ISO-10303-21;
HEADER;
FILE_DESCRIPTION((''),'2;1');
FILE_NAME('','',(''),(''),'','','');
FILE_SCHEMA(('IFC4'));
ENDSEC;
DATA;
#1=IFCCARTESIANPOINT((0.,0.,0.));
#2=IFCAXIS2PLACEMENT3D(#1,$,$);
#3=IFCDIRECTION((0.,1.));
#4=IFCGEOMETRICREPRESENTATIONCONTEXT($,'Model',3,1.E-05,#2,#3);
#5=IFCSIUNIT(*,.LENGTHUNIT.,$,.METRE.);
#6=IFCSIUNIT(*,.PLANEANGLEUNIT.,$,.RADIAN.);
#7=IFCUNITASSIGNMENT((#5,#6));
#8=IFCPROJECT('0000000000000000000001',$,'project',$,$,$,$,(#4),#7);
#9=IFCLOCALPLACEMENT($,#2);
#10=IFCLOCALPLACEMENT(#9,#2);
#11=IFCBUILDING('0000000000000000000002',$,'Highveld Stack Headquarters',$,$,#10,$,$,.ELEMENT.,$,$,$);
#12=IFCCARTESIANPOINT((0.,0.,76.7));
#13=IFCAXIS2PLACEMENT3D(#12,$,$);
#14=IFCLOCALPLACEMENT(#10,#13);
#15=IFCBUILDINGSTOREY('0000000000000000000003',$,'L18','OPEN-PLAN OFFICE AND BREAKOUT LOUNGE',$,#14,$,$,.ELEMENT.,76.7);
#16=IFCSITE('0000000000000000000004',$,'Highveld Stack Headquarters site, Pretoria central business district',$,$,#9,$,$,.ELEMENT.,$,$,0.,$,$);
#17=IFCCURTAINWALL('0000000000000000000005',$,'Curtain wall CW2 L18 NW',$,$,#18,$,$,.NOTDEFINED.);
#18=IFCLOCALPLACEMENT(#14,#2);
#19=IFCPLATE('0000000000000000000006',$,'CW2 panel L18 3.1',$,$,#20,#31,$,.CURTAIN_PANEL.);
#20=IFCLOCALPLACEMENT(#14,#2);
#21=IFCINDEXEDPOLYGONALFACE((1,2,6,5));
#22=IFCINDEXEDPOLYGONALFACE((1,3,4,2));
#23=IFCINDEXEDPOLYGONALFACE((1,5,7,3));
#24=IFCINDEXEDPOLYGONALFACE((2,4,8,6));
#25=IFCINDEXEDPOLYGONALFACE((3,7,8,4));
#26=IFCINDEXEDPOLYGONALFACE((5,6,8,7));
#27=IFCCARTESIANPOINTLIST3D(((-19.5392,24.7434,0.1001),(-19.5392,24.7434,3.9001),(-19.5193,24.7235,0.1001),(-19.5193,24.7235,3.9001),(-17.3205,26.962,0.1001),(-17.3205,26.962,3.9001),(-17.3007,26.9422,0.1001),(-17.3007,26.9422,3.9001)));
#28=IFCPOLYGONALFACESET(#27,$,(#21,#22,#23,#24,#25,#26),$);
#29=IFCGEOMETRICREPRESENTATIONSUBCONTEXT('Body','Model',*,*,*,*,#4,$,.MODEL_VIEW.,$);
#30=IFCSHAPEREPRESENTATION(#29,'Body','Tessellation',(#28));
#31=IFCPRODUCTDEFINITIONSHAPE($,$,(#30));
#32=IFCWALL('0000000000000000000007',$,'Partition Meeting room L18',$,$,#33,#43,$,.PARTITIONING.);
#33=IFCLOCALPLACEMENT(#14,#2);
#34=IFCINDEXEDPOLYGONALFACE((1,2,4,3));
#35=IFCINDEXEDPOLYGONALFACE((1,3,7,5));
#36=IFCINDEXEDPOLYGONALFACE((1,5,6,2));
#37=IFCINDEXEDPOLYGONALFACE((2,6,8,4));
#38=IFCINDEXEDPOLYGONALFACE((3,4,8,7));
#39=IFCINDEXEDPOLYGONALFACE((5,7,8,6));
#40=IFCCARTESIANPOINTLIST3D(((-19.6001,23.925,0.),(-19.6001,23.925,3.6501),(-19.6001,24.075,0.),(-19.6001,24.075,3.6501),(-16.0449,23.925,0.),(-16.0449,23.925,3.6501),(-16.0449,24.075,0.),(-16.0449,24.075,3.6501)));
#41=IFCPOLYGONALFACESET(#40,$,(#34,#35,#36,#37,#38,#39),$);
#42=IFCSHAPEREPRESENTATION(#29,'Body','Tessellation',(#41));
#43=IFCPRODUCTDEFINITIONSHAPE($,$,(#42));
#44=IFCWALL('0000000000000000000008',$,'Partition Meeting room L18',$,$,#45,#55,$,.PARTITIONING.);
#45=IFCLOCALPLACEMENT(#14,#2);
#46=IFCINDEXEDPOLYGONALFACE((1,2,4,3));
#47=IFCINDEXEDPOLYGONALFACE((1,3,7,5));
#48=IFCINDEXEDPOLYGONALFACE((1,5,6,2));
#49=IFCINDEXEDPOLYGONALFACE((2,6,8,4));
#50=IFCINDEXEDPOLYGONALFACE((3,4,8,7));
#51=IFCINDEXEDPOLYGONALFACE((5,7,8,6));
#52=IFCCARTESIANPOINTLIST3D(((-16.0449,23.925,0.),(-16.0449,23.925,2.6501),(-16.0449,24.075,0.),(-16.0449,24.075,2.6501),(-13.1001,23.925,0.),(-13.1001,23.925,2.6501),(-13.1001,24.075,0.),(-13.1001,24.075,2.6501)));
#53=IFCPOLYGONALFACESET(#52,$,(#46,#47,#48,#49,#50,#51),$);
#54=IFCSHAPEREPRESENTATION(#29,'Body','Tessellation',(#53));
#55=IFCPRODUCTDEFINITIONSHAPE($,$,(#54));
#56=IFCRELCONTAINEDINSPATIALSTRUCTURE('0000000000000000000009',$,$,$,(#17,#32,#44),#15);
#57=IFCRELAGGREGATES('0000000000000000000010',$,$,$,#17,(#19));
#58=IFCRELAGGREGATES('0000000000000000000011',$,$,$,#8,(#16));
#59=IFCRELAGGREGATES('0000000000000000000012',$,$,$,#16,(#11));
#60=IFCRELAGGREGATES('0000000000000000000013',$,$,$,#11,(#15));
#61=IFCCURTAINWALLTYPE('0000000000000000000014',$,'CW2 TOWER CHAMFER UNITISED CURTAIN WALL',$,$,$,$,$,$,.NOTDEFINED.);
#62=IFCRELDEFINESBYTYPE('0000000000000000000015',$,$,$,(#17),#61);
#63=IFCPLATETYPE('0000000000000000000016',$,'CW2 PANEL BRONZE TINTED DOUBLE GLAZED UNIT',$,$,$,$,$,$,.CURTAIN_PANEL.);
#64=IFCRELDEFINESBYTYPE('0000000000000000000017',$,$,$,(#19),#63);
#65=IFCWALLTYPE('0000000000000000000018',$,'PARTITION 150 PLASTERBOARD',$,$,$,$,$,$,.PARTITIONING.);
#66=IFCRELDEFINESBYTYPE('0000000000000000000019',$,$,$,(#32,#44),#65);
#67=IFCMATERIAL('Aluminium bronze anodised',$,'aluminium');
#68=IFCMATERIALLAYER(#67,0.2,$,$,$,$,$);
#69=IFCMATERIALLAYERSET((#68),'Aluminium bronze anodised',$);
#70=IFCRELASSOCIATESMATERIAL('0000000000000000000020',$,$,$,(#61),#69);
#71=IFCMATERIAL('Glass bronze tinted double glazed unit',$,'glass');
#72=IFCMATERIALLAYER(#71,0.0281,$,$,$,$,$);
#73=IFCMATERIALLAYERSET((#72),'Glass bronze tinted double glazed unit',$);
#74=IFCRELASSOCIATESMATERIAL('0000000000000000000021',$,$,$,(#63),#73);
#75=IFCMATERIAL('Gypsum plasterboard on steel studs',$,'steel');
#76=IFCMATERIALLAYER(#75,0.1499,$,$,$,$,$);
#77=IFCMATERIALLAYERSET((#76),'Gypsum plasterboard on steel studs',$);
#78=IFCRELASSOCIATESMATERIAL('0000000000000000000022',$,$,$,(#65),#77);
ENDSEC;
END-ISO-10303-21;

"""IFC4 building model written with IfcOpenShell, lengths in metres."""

from ifc_helpers import new_model, si_unit, direction, frame, frame_2d, origin, origin_2d, place, context, subcontext, project, spatial, rectangle, extrude, material, layer, layer_set, type_object, element, aggregate, save


model = new_model("IFC4")

# Units and contexts
model_context = context("Model", 3, precision=1e-05, world=origin(), true_north=direction((0.0, 1.0)))
body_context = subcontext(model_context, "Body", "Model", "MODEL_VIEW")
ifc_project = project(units=[si_unit("LENGTHUNIT", "METRE"), si_unit("PLANEANGLEUNIT", "RADIAN")], contexts=[model_context])

# Site, building, storey
site_placement = place(None, origin())
site = spatial("IfcSite", under=ifc_project, at=site_placement, Name="Highveld Stack Headquarters site, Pretoria central business district", CompositionType="ELEMENT", RefElevation=0.0)
building_placement = place(site_placement, origin())
building = spatial("IfcBuilding", under=site, at=building_placement, Name="Highveld Stack Headquarters", CompositionType="ELEMENT")
storey_placement = place(building_placement, frame((0.0, 0.0, 76.7)))
storey = spatial("IfcBuildingStorey", under=building, at=storey_placement, Name="L18", Description="OPEN-PLAN OFFICE AND BREAKOUT LOUNGE", CompositionType="ELEMENT", Elevation=76.7)

# Curtain wall
ifc_material_1 = material(Name="Aluminium bronze anodised", Category="aluminium")
ifc_layer_1 = layer(ifc_material_1, 0.2)
ifc_layer_set_1 = layer_set([ifc_layer_1], Name="Aluminium bronze anodised")
curtain_wall_type_1 = type_object("IfcCurtainWallType", Name="CW2 TOWER CHAMFER UNITISED CURTAIN WALL", PredefinedType="NOTDEFINED", material=ifc_layer_set_1)
curtain_wall_1_placement = place(storey_placement, origin())
curtain_wall_1 = element("IfcCurtainWall", 1, at=curtain_wall_1_placement, inside=storey, type_object=curtain_wall_type_1, Name="Curtain wall CW2 L18 NW", PredefinedType="NOTDEFINED")

# Plate
ifc_material_2 = material(Name="Glass bronze tinted double glazed unit", Category="glass")
ifc_layer_2 = layer(ifc_material_2, 0.0281)
ifc_layer_set_2 = layer_set([ifc_layer_2], Name="Glass bronze tinted double glazed unit")
plate_type_1 = type_object("IfcPlateType", Name="CW2 PANEL BRONZE TINTED DOUBLE GLAZED UNIT", PredefinedType="CURTAIN_PANEL", material=ifc_layer_set_2)
plate_1_placement = place(storey_placement, frame((-18.4199, 25.8428, 0.1001), z_axis=(0.0, 0.0, 1.0), x_axis=(-0.707107, -0.707107, 0.0)))
plate_1 = element("IfcPlate", 2, at=plate_1_placement, type_object=plate_type_1, Name="CW2 panel L18 3.1", PredefinedType="CURTAIN_PANEL", context=body_context, shape_type="SweptSolid", body=[
    extrude(rectangle(XDim=3.1377, YDim=0.0281, at=origin_2d()), origin(), (0.0, 0.0, 1.0), 3.8),
])
aggregate(curtain_wall_1, [plate_1])

# Walls
ifc_material_3 = material(Name="Gypsum plasterboard on steel studs", Category="steel")
ifc_layer_3 = layer(ifc_material_3, 0.1499)
ifc_layer_set_3 = layer_set([ifc_layer_3], Name="Gypsum plasterboard on steel studs")
wall_type = type_object("IfcWallType", Name="PARTITION 150 PLASTERBOARD", PredefinedType="PARTITIONING", material=ifc_layer_set_3)
wall_1_placement = place(storey_placement, frame((-19.6001, 24.0, 0.0), z_axis=(0.0, 0.0, 1.0), x_axis=(1.0, 0.0, 0.0)))
element("IfcWall", 3, at=wall_1_placement, inside=storey, type_object=wall_type, Name="Partition Meeting room L18", PredefinedType="PARTITIONING", context=body_context, shape_type="SweptSolid", body=[
    extrude(rectangle(XDim=3.5552, YDim=0.1499, at=frame_2d((1.7776, 0.0))), origin(), (0.0, 0.0, 1.0), 3.6501),
])
wall_2_placement = place(storey_placement, frame((-16.0449, 24.0, 0.0), z_axis=(0.0, 0.0, 1.0), x_axis=(1.0, 0.0, 0.0)))
element("IfcWall", 4, at=wall_2_placement, inside=storey, type_object=wall_type, Name="Partition Meeting room L18", PredefinedType="PARTITIONING", context=body_context, shape_type="SweptSolid", body=[
    extrude(rectangle(XDim=2.9448, YDim=0.1499, at=frame_2d((1.4724, 0.0))), origin(), (0.0, 0.0, 1.0), 2.6501),
])

save(model, "model.ifc")
